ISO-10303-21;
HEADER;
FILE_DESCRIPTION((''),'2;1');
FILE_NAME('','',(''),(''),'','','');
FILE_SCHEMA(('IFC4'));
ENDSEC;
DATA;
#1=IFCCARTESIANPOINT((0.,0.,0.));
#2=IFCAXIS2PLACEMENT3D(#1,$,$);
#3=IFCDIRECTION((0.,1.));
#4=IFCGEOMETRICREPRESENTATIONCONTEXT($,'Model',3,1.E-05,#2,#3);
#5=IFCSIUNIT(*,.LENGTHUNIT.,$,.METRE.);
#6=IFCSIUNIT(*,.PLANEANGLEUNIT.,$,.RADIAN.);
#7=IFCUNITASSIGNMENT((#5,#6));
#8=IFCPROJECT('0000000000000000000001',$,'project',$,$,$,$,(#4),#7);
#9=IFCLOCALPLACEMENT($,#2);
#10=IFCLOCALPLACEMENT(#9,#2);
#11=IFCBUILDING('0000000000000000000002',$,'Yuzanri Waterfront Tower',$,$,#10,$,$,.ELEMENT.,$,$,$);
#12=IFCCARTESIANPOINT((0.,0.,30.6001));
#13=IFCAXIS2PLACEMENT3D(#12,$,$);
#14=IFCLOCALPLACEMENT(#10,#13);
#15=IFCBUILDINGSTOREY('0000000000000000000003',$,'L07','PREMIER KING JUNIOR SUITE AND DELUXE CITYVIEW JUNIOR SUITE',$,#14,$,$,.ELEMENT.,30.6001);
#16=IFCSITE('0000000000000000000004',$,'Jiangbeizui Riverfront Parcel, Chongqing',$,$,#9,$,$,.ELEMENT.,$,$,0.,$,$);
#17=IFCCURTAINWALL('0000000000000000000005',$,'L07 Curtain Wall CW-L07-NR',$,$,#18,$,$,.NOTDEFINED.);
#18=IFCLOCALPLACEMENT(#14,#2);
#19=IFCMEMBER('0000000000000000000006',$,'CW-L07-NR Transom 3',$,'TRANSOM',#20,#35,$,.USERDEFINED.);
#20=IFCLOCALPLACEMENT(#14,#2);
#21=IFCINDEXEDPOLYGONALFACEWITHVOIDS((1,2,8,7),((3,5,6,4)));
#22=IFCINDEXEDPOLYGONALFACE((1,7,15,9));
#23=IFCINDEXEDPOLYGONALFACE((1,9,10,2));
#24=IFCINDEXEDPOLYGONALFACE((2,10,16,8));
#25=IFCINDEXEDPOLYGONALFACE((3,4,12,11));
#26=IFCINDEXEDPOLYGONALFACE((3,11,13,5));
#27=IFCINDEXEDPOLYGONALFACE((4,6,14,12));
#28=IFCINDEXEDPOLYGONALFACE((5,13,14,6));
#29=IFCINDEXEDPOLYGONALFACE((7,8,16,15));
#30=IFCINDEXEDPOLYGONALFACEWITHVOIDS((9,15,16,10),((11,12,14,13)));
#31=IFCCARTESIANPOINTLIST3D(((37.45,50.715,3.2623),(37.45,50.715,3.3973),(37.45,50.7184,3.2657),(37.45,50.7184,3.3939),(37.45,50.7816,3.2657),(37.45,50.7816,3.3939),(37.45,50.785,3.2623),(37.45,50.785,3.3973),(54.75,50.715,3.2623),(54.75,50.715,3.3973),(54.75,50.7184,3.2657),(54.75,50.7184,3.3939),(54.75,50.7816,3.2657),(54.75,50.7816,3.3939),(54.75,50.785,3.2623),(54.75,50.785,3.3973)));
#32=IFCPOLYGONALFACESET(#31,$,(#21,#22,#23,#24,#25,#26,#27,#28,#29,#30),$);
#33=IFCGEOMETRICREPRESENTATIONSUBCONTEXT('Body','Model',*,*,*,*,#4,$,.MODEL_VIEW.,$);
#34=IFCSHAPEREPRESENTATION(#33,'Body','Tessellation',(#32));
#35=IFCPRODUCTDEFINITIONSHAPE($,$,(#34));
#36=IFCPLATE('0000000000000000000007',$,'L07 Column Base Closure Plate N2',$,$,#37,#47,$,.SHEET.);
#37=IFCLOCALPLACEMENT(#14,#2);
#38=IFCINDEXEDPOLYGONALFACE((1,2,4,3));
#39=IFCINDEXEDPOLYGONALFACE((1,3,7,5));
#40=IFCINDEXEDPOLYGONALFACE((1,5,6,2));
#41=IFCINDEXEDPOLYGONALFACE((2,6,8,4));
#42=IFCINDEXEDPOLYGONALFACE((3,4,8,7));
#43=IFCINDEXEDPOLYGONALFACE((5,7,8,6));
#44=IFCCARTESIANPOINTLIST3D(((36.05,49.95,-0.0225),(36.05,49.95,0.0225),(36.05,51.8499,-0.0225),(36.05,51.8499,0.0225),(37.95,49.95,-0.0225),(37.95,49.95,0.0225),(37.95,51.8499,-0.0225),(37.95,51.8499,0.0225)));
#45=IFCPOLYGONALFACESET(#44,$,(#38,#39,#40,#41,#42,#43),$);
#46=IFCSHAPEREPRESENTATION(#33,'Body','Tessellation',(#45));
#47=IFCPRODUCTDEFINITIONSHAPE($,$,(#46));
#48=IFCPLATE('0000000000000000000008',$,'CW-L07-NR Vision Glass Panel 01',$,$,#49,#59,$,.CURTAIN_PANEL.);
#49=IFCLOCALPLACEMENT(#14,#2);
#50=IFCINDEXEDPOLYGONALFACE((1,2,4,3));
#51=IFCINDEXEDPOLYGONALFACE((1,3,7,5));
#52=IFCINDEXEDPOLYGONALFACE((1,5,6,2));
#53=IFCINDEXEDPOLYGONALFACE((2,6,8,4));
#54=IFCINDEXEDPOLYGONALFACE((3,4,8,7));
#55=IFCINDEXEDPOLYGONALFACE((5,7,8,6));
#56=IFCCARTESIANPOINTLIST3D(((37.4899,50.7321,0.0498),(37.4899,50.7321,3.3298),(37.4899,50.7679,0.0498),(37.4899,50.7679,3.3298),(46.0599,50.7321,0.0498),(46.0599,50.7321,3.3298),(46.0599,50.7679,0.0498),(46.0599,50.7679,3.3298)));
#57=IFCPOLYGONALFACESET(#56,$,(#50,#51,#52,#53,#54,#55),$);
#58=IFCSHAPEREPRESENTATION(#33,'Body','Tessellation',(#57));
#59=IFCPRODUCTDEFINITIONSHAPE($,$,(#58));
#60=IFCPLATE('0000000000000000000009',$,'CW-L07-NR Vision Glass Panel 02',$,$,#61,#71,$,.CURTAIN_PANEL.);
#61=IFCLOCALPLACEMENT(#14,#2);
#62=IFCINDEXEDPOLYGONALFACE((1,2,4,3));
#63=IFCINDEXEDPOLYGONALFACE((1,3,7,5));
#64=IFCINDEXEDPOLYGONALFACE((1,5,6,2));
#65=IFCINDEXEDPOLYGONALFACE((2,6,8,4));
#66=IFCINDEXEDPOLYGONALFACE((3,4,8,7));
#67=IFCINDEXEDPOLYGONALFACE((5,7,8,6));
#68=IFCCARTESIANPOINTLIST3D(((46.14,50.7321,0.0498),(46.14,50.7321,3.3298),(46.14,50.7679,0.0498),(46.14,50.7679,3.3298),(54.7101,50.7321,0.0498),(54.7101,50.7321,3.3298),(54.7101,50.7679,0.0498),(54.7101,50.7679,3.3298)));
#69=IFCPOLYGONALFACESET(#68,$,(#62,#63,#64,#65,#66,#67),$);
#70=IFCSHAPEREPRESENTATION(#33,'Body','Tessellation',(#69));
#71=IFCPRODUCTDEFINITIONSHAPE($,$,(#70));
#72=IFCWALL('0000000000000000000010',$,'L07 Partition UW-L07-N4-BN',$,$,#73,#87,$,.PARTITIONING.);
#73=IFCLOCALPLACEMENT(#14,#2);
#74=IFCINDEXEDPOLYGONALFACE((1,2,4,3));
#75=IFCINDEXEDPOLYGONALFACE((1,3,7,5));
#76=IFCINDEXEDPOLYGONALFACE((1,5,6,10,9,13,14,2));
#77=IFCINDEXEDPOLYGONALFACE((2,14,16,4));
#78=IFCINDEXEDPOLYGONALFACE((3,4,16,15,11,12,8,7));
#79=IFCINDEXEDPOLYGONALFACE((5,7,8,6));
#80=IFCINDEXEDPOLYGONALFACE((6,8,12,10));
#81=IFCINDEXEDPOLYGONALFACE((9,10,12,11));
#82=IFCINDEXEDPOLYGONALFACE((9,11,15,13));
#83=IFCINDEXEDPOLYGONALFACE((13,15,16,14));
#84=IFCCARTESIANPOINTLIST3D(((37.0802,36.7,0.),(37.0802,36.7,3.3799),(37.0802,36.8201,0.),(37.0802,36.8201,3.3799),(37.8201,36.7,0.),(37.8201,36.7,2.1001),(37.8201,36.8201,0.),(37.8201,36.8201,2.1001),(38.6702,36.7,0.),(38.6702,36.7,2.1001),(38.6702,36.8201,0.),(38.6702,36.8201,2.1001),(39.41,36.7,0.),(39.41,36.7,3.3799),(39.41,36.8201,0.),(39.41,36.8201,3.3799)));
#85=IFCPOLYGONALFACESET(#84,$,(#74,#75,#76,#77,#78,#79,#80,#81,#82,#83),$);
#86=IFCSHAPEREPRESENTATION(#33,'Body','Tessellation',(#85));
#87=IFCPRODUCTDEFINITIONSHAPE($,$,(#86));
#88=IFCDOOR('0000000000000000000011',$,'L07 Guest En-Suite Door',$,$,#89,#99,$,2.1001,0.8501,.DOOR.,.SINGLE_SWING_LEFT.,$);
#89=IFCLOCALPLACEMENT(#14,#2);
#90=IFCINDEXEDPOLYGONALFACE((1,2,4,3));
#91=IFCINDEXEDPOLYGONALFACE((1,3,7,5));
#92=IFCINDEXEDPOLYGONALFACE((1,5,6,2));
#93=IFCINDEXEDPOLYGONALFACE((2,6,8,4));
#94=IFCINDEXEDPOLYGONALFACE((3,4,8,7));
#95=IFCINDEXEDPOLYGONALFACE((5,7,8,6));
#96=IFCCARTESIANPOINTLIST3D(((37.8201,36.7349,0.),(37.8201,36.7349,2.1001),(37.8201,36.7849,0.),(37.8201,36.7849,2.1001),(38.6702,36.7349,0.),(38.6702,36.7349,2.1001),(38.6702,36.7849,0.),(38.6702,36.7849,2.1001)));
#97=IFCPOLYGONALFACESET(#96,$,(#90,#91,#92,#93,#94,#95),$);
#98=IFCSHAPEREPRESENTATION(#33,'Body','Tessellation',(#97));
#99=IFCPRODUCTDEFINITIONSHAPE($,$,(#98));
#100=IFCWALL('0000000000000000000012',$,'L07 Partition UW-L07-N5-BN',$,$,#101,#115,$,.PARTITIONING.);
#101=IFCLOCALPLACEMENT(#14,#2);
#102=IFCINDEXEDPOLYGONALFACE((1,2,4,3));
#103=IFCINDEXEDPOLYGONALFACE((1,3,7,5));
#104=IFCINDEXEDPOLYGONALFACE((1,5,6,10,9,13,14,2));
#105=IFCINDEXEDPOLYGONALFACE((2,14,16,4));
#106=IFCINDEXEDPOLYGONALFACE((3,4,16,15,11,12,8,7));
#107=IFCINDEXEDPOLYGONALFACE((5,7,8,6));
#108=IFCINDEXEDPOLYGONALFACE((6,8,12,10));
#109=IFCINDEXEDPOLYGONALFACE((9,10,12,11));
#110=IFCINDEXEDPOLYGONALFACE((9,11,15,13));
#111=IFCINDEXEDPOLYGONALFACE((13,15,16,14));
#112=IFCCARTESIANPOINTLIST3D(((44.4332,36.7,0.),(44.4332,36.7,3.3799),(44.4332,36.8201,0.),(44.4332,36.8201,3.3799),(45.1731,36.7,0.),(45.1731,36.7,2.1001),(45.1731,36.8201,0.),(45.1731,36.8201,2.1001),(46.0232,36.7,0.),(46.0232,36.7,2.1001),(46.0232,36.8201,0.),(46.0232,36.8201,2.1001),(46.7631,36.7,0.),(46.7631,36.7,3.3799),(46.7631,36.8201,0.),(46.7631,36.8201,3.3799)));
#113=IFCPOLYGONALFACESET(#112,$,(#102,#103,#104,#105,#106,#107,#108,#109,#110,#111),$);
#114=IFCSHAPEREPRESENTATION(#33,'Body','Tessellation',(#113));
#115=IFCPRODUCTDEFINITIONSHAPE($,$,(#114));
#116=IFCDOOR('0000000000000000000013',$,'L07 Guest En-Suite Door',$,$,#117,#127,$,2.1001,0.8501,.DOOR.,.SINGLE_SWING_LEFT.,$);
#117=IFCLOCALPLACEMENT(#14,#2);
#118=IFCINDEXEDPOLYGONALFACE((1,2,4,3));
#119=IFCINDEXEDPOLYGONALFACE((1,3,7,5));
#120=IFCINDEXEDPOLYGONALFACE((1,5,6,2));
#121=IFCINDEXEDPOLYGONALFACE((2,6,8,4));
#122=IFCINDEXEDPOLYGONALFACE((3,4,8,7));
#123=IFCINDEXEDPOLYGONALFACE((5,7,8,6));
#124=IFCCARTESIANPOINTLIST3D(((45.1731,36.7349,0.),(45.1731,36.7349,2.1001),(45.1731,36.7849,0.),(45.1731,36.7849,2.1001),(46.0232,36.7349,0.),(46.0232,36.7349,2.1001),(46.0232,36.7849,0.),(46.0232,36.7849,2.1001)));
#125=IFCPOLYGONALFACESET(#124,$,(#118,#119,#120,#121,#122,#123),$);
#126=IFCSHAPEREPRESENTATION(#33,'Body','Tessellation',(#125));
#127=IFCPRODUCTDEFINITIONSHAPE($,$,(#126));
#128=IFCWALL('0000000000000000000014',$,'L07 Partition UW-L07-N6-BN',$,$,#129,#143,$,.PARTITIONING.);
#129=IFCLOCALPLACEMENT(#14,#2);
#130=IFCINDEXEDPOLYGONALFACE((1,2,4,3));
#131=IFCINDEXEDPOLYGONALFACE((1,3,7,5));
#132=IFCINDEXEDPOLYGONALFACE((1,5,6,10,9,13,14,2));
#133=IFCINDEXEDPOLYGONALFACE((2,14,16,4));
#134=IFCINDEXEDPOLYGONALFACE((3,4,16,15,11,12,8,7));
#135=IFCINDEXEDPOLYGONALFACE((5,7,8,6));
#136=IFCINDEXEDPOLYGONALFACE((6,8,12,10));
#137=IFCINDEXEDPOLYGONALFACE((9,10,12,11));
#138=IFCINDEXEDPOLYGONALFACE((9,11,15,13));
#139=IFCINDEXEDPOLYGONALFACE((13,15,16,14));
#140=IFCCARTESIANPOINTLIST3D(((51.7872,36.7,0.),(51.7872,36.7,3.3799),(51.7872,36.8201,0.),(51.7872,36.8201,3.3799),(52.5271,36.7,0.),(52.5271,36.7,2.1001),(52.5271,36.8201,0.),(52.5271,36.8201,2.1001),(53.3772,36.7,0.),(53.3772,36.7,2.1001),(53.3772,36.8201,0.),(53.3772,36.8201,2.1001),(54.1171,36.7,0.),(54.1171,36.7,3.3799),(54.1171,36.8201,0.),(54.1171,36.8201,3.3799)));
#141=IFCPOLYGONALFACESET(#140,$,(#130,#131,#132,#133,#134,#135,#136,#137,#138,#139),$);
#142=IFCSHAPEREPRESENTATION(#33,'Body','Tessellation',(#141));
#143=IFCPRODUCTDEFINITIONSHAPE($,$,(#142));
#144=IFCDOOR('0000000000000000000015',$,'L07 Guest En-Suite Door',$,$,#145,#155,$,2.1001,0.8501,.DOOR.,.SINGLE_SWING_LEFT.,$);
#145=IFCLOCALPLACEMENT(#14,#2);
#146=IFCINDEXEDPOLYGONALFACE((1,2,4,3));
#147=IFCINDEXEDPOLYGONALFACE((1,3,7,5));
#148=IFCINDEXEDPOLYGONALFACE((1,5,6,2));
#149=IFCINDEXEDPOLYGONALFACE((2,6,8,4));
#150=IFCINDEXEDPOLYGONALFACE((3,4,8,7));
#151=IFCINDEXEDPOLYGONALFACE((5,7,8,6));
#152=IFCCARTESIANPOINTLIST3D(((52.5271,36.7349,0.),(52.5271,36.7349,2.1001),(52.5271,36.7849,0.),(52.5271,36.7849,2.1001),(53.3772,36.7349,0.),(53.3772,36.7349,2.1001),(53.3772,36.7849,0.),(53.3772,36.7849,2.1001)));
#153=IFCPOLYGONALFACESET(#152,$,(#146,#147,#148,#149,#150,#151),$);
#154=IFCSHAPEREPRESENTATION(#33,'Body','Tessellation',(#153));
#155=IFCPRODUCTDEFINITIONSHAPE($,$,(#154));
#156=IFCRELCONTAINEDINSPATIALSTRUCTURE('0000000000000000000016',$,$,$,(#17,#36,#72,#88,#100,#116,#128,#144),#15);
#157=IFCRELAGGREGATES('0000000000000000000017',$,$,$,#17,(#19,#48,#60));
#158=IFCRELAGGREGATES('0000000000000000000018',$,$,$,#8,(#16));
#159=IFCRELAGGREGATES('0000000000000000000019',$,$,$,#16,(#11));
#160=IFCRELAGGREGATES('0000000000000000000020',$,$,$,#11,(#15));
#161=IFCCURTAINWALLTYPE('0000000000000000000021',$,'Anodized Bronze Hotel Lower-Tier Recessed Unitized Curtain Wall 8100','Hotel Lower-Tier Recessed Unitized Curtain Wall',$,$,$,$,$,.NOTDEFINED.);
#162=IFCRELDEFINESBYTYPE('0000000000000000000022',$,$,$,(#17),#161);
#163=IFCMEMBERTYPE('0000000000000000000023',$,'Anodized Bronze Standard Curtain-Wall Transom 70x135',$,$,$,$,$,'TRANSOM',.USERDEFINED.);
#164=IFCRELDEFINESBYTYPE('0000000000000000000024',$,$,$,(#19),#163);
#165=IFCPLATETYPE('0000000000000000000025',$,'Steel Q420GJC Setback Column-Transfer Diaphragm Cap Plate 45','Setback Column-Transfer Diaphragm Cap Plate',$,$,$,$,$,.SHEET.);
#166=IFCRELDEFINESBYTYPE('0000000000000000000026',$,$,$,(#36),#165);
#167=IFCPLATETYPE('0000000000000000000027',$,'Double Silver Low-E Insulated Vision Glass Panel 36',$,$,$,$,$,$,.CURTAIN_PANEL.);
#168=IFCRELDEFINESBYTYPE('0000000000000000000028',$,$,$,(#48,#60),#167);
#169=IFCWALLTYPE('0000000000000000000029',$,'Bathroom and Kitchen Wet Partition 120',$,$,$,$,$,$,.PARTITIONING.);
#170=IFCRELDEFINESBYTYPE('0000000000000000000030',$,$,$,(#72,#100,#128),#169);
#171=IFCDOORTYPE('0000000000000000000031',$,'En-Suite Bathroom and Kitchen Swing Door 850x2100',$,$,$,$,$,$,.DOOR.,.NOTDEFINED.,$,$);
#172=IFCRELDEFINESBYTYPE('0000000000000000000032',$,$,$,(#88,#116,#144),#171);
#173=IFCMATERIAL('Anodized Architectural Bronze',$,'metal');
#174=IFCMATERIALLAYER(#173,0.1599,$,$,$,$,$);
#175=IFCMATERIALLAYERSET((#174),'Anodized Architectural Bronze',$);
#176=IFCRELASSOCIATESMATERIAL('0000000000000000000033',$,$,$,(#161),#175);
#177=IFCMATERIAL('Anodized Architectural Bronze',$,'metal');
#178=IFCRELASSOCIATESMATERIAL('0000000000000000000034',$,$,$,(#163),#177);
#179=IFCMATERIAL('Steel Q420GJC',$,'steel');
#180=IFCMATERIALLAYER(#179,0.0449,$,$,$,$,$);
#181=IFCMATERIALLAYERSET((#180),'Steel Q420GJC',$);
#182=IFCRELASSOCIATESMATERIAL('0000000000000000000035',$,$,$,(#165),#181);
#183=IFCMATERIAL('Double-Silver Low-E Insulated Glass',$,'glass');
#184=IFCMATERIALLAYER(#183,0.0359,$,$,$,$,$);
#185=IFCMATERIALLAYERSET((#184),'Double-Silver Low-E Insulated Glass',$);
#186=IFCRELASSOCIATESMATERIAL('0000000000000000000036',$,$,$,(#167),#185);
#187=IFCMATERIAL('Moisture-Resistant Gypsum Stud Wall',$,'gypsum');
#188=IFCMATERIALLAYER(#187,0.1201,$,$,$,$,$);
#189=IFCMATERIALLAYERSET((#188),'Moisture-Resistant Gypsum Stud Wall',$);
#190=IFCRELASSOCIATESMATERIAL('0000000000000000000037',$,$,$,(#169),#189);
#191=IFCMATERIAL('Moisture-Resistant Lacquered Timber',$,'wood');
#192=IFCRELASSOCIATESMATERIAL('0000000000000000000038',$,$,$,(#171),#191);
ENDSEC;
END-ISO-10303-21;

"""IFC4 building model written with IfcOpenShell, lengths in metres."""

from ifc_helpers import new_model, si_unit, direction, frame, frame_2d, origin, origin_2d, place, context, subcontext, project, spatial, rectangle, hollow_rectangle, extrude, source, transform, mapped, material, layer, layer_set, material_profile, profile_set, type_object, element, fill, aggregate, save


model = new_model("IFC4")

# Units and contexts
model_context = context("Model", 3, precision=1e-05, world=origin(), true_north=direction((0.0, 1.0)))
body_context = subcontext(model_context, "Body", "Model", "MODEL_VIEW")
ifc_project = project(units=[si_unit("LENGTHUNIT", "METRE"), si_unit("PLANEANGLEUNIT", "RADIAN")], contexts=[model_context])

# Site, building, storey
site_placement = place(None, origin())
site = spatial("IfcSite", under=ifc_project, at=site_placement, Name="Jiangbeizui Riverfront Parcel, Chongqing", CompositionType="ELEMENT", RefElevation=0.0)
building_placement = place(site_placement, origin())
building = spatial("IfcBuilding", under=site, at=building_placement, Name="Yuzanri Waterfront Tower", CompositionType="ELEMENT")
storey_placement = place(building_placement, frame((0.0, 0.0, 30.6001)))
storey = spatial("IfcBuildingStorey", under=building, at=storey_placement, Name="L07", Description="PREMIER KING JUNIOR SUITE AND DELUXE CITYVIEW JUNIOR SUITE", CompositionType="ELEMENT", Elevation=30.6001)

# Curtain wall, member
ifc_material_1 = material(Name="Anodized Architectural Bronze", Category="metal")
ifc_layer_1 = layer(ifc_material_1, 0.1599)
ifc_layer_set_1 = layer_set([ifc_layer_1], Name="Anodized Architectural Bronze")
curtain_wall_type = type_object("IfcCurtainWallType", Name="Anodized Bronze Hotel Lower-Tier Recessed Unitized Curtain Wall 8100", Description="Hotel Lower-Tier Recessed Unitized Curtain Wall", PredefinedType="NOTDEFINED", material=ifc_layer_set_1)
curtain_wall_placement = place(storey_placement, origin())
curtain_wall = element("IfcCurtainWall", 1, at=curtain_wall_placement, inside=storey, type_object=curtain_wall_type, Name="L07 Curtain Wall CW-L07-NR", PredefinedType="NOTDEFINED")
ifc_material_2 = material(Name="Anodized Architectural Bronze", Category="metal")
ifc_material_profile_1 = material_profile(ifc_material_2, hollow_rectangle(XDim=0.0701, YDim=0.135, WallThickness=0.0034, at=origin_2d()), Name="CWT 70x135")
ifc_profile_set_1 = profile_set([ifc_material_profile_1], Name="Anodized Architectural Bronze")
member_type_1 = type_object("IfcMemberType", Name="Anodized Bronze Standard Curtain-Wall Transom 70x135", ElementType="TRANSOM", PredefinedType="USERDEFINED", material=ifc_profile_set_1)
shared_shape_1 = source(origin(), body_context, "Body", "SweptSolid", [
    extrude(hollow_rectangle(XDim=0.0701, YDim=0.135, WallThickness=0.0034, at=origin_2d()), origin(), (0.0, 0.0, 1.0), 17.3),
])
member_1_placement = place(storey_placement, frame((37.45, 50.75, 3.3298), z_axis=(1.0, 0.0, 0.0), x_axis=(0.0, 1.0, 0.0)))
member_1 = element("IfcMember", 2, at=member_1_placement, type_object=member_type_1, Name="CW-L07-NR Transom 3", ObjectType="TRANSOM", PredefinedType="USERDEFINED", context=body_context, shape_type="MappedRepresentation", body=[
    mapped(shared_shape_1, transform((0.0, 0.0, 0.0), scale=1.0)),
])

# Plates
ifc_material_3 = material(Name="Steel Q420GJC", Category="steel")
ifc_layer_2 = layer(ifc_material_3, 0.0449)
ifc_layer_set_2 = layer_set([ifc_layer_2], Name="Steel Q420GJC")
plate_type_1 = type_object("IfcPlateType", Name="Steel Q420GJC Setback Column-Transfer Diaphragm Cap Plate 45", Description="Setback Column-Transfer Diaphragm Cap Plate", PredefinedType="SHEET", material=ifc_layer_set_2)
shared_shape_2 = source(origin(), body_context, "Body", "SweptSolid", [
    extrude(rectangle(XDim=1.8999, YDim=1.8999, at=origin_2d()), origin(), (0.0, 0.0, 1.0), 0.0449),
])
plate_1_placement = place(storey_placement, frame((37.0, 50.8999, -0.0225), z_axis=(0.0, 0.0, 1.0), x_axis=(1.0, 0.0, 0.0)))
element("IfcPlate", 3, at=plate_1_placement, inside=storey, type_object=plate_type_1, Name="L07 Column Base Closure Plate N2", PredefinedType="SHEET", context=body_context, shape_type="MappedRepresentation", body=[
    mapped(shared_shape_2, transform((0.0, 0.0, 0.0), scale=1.0)),
])
ifc_material_4 = material(Name="Double-Silver Low-E Insulated Glass", Category="glass")
ifc_layer_3 = layer(ifc_material_4, 0.0359)
ifc_layer_set_3 = layer_set([ifc_layer_3], Name="Double-Silver Low-E Insulated Glass")
plate_type_2 = type_object("IfcPlateType", Name="Double Silver Low-E Insulated Vision Glass Panel 36", PredefinedType="CURTAIN_PANEL", material=ifc_layer_set_3)
shared_shape_3 = source(origin(), body_context, "Body", "SweptSolid", [
    extrude(rectangle(XDim=8.5701, YDim=0.0359, at=origin_2d()), origin(), (0.0, 0.0, 1.0), 3.28),
])
plate_2_placement = place(storey_placement, frame((41.7749, 50.75, 0.0498), z_axis=(0.0, 0.0, 1.0), x_axis=(1.0, 0.0, 0.0)))
plate_2 = element("IfcPlate", 4, at=plate_2_placement, type_object=plate_type_2, Name="CW-L07-NR Vision Glass Panel 01", PredefinedType="CURTAIN_PANEL", context=body_context, shape_type="MappedRepresentation", body=[
    mapped(shared_shape_3, transform((0.0, 0.0, 0.0), scale=1.0)),
])
plate_3_placement = place(storey_placement, frame((50.425, 50.75, 0.0498), z_axis=(0.0, 0.0, 1.0), x_axis=(1.0, 0.0, 0.0)))
plate_3 = element("IfcPlate", 5, at=plate_3_placement, type_object=plate_type_2, Name="CW-L07-NR Vision Glass Panel 02", PredefinedType="CURTAIN_PANEL", context=body_context, shape_type="MappedRepresentation", body=[
    mapped(shared_shape_3, transform((0.0, 0.0, 0.0), scale=1.0)),
])
aggregate(curtain_wall, [member_1, plate_2, plate_3])

# Walls, openings, doors
ifc_material_5 = material(Name="Moisture-Resistant Gypsum Stud Wall", Category="gypsum")
ifc_layer_4 = layer(ifc_material_5, 0.1201)
ifc_layer_set_4 = layer_set([ifc_layer_4], Name="Moisture-Resistant Gypsum Stud Wall")
wall_type_1 = type_object("IfcWallType", Name="Bathroom and Kitchen Wet Partition 120", PredefinedType="PARTITIONING", material=ifc_layer_set_4)
wall_1_placement = place(storey_placement, frame((37.0801, 36.76, 0.0), z_axis=(0.0, 0.0, 1.0), x_axis=(1.0, 0.0, 0.0)))
wall_1 = element("IfcWall", 6, at=wall_1_placement, inside=storey, type_object=wall_type_1, Name="L07 Partition UW-L07-N4-BN", PredefinedType="PARTITIONING", context=body_context, shape_type="SweptSolid", body=[
    extrude(rectangle(XDim=2.3298, YDim=0.1201, at=frame_2d((1.165, 0.0))), origin(), (0.0, 0.0, 1.0), 3.3799),
])
opening_1_placement = place(wall_1_placement, frame((0.74, 0.0, 0.0)))
opening_1 = element("IfcOpeningElement", 7, at=opening_1_placement, cuts=wall_1, PredefinedType="OPENING", context=body_context, shape_type="SweptSolid", body=[
    extrude(rectangle(XDim=0.8501, YDim=2.1001, at=frame_2d((0.425, 1.05))), frame((0.0, 0.075, 0.0), z_axis=(0.0, -1.0, 0.0), x_axis=(1.0, 0.0, 0.0)), (0.0, 0.0, 1.0), 0.1499),
])
ifc_material_6 = material(Name="Moisture-Resistant Lacquered Timber", Category="wood")
door_type_1 = type_object("IfcDoorType", Name="En-Suite Bathroom and Kitchen Swing Door 850x2100", OperationType="NOTDEFINED", PredefinedType="DOOR", material=ifc_material_6)
shared_shape_4 = source(origin(), body_context, "Body", "SweptSolid", [
    extrude(rectangle(XDim=0.8501, YDim=2.1001, at=frame_2d((0.425, 1.05))), frame((0.0, 0.0249, 0.0), z_axis=(0.0, -1.0, 0.0), x_axis=(1.0, 0.0, 0.0)), (0.0, 0.0, 1.0), 0.05),
])
door_1_placement = place(opening_1_placement, origin())
door_1 = element("IfcDoor", 8, at=door_1_placement, inside=storey, type_object=door_type_1, Name="L07 Guest En-Suite Door", OperationType="SINGLE_SWING_LEFT", OverallHeight=2.1001, OverallWidth=0.8501, PredefinedType="DOOR", context=body_context, shape_type="MappedRepresentation", body=[
    mapped(shared_shape_4, transform((0.0, 0.0, 0.0), scale=1.0)),
])
fill(opening_1, door_1)
wall_2_placement = place(storey_placement, frame((44.4331, 36.76, 0.0), z_axis=(0.0, 0.0, 1.0), x_axis=(1.0, 0.0, 0.0)))
wall_2 = element("IfcWall", 9, at=wall_2_placement, inside=storey, type_object=wall_type_1, Name="L07 Partition UW-L07-N5-BN", PredefinedType="PARTITIONING", context=body_context, shape_type="SweptSolid", body=[
    extrude(rectangle(XDim=2.3298, YDim=0.1201, at=frame_2d((1.165, 0.0))), origin(), (0.0, 0.0, 1.0), 3.3799),
])
opening_2_placement = place(wall_2_placement, frame((0.74, 0.0, 0.0)))
opening_2 = element("IfcOpeningElement", 10, at=opening_2_placement, cuts=wall_2, PredefinedType="OPENING", context=body_context, shape_type="SweptSolid", body=[
    extrude(rectangle(XDim=0.8501, YDim=2.1001, at=frame_2d((0.425, 1.05))), frame((0.0, 0.075, 0.0), z_axis=(0.0, -1.0, 0.0), x_axis=(1.0, 0.0, 0.0)), (0.0, 0.0, 1.0), 0.1499),
])
door_2_placement = place(opening_2_placement, origin())
door_2 = element("IfcDoor", 11, at=door_2_placement, inside=storey, type_object=door_type_1, Name="L07 Guest En-Suite Door", OperationType="SINGLE_SWING_LEFT", OverallHeight=2.1001, OverallWidth=0.8501, PredefinedType="DOOR", context=body_context, shape_type="MappedRepresentation", body=[
    mapped(shared_shape_4, transform((0.0, 0.0, 0.0), scale=1.0)),
])
fill(opening_2, door_2)
wall_3_placement = place(storey_placement, frame((51.7871, 36.76, 0.0), z_axis=(0.0, 0.0, 1.0), x_axis=(1.0, 0.0, 0.0)))
wall_3 = element("IfcWall", 12, at=wall_3_placement, inside=storey, type_object=wall_type_1, Name="L07 Partition UW-L07-N6-BN", PredefinedType="PARTITIONING", context=body_context, shape_type="SweptSolid", body=[
    extrude(rectangle(XDim=2.3298, YDim=0.1201, at=frame_2d((1.165, 0.0))), origin(), (0.0, 0.0, 1.0), 3.3799),
])
opening_3_placement = place(wall_3_placement, frame((0.74, 0.0, 0.0)))
opening_3 = element("IfcOpeningElement", 13, at=opening_3_placement, cuts=wall_3, PredefinedType="OPENING", context=body_context, shape_type="SweptSolid", body=[
    extrude(rectangle(XDim=0.8501, YDim=2.1001, at=frame_2d((0.425, 1.05))), frame((0.0, 0.075, 0.0), z_axis=(0.0, -1.0, 0.0), x_axis=(1.0, 0.0, 0.0)), (0.0, 0.0, 1.0), 0.1499),
])
door_3_placement = place(opening_3_placement, origin())
door_3 = element("IfcDoor", 14, at=door_3_placement, inside=storey, type_object=door_type_1, Name="L07 Guest En-Suite Door", OperationType="SINGLE_SWING_LEFT", OverallHeight=2.1001, OverallWidth=0.8501, PredefinedType="DOOR", context=body_context, shape_type="MappedRepresentation", body=[
    mapped(shared_shape_4, transform((0.0, 0.0, 0.0), scale=1.0)),
])
fill(opening_3, door_3)

save(model, "model.ifc")
